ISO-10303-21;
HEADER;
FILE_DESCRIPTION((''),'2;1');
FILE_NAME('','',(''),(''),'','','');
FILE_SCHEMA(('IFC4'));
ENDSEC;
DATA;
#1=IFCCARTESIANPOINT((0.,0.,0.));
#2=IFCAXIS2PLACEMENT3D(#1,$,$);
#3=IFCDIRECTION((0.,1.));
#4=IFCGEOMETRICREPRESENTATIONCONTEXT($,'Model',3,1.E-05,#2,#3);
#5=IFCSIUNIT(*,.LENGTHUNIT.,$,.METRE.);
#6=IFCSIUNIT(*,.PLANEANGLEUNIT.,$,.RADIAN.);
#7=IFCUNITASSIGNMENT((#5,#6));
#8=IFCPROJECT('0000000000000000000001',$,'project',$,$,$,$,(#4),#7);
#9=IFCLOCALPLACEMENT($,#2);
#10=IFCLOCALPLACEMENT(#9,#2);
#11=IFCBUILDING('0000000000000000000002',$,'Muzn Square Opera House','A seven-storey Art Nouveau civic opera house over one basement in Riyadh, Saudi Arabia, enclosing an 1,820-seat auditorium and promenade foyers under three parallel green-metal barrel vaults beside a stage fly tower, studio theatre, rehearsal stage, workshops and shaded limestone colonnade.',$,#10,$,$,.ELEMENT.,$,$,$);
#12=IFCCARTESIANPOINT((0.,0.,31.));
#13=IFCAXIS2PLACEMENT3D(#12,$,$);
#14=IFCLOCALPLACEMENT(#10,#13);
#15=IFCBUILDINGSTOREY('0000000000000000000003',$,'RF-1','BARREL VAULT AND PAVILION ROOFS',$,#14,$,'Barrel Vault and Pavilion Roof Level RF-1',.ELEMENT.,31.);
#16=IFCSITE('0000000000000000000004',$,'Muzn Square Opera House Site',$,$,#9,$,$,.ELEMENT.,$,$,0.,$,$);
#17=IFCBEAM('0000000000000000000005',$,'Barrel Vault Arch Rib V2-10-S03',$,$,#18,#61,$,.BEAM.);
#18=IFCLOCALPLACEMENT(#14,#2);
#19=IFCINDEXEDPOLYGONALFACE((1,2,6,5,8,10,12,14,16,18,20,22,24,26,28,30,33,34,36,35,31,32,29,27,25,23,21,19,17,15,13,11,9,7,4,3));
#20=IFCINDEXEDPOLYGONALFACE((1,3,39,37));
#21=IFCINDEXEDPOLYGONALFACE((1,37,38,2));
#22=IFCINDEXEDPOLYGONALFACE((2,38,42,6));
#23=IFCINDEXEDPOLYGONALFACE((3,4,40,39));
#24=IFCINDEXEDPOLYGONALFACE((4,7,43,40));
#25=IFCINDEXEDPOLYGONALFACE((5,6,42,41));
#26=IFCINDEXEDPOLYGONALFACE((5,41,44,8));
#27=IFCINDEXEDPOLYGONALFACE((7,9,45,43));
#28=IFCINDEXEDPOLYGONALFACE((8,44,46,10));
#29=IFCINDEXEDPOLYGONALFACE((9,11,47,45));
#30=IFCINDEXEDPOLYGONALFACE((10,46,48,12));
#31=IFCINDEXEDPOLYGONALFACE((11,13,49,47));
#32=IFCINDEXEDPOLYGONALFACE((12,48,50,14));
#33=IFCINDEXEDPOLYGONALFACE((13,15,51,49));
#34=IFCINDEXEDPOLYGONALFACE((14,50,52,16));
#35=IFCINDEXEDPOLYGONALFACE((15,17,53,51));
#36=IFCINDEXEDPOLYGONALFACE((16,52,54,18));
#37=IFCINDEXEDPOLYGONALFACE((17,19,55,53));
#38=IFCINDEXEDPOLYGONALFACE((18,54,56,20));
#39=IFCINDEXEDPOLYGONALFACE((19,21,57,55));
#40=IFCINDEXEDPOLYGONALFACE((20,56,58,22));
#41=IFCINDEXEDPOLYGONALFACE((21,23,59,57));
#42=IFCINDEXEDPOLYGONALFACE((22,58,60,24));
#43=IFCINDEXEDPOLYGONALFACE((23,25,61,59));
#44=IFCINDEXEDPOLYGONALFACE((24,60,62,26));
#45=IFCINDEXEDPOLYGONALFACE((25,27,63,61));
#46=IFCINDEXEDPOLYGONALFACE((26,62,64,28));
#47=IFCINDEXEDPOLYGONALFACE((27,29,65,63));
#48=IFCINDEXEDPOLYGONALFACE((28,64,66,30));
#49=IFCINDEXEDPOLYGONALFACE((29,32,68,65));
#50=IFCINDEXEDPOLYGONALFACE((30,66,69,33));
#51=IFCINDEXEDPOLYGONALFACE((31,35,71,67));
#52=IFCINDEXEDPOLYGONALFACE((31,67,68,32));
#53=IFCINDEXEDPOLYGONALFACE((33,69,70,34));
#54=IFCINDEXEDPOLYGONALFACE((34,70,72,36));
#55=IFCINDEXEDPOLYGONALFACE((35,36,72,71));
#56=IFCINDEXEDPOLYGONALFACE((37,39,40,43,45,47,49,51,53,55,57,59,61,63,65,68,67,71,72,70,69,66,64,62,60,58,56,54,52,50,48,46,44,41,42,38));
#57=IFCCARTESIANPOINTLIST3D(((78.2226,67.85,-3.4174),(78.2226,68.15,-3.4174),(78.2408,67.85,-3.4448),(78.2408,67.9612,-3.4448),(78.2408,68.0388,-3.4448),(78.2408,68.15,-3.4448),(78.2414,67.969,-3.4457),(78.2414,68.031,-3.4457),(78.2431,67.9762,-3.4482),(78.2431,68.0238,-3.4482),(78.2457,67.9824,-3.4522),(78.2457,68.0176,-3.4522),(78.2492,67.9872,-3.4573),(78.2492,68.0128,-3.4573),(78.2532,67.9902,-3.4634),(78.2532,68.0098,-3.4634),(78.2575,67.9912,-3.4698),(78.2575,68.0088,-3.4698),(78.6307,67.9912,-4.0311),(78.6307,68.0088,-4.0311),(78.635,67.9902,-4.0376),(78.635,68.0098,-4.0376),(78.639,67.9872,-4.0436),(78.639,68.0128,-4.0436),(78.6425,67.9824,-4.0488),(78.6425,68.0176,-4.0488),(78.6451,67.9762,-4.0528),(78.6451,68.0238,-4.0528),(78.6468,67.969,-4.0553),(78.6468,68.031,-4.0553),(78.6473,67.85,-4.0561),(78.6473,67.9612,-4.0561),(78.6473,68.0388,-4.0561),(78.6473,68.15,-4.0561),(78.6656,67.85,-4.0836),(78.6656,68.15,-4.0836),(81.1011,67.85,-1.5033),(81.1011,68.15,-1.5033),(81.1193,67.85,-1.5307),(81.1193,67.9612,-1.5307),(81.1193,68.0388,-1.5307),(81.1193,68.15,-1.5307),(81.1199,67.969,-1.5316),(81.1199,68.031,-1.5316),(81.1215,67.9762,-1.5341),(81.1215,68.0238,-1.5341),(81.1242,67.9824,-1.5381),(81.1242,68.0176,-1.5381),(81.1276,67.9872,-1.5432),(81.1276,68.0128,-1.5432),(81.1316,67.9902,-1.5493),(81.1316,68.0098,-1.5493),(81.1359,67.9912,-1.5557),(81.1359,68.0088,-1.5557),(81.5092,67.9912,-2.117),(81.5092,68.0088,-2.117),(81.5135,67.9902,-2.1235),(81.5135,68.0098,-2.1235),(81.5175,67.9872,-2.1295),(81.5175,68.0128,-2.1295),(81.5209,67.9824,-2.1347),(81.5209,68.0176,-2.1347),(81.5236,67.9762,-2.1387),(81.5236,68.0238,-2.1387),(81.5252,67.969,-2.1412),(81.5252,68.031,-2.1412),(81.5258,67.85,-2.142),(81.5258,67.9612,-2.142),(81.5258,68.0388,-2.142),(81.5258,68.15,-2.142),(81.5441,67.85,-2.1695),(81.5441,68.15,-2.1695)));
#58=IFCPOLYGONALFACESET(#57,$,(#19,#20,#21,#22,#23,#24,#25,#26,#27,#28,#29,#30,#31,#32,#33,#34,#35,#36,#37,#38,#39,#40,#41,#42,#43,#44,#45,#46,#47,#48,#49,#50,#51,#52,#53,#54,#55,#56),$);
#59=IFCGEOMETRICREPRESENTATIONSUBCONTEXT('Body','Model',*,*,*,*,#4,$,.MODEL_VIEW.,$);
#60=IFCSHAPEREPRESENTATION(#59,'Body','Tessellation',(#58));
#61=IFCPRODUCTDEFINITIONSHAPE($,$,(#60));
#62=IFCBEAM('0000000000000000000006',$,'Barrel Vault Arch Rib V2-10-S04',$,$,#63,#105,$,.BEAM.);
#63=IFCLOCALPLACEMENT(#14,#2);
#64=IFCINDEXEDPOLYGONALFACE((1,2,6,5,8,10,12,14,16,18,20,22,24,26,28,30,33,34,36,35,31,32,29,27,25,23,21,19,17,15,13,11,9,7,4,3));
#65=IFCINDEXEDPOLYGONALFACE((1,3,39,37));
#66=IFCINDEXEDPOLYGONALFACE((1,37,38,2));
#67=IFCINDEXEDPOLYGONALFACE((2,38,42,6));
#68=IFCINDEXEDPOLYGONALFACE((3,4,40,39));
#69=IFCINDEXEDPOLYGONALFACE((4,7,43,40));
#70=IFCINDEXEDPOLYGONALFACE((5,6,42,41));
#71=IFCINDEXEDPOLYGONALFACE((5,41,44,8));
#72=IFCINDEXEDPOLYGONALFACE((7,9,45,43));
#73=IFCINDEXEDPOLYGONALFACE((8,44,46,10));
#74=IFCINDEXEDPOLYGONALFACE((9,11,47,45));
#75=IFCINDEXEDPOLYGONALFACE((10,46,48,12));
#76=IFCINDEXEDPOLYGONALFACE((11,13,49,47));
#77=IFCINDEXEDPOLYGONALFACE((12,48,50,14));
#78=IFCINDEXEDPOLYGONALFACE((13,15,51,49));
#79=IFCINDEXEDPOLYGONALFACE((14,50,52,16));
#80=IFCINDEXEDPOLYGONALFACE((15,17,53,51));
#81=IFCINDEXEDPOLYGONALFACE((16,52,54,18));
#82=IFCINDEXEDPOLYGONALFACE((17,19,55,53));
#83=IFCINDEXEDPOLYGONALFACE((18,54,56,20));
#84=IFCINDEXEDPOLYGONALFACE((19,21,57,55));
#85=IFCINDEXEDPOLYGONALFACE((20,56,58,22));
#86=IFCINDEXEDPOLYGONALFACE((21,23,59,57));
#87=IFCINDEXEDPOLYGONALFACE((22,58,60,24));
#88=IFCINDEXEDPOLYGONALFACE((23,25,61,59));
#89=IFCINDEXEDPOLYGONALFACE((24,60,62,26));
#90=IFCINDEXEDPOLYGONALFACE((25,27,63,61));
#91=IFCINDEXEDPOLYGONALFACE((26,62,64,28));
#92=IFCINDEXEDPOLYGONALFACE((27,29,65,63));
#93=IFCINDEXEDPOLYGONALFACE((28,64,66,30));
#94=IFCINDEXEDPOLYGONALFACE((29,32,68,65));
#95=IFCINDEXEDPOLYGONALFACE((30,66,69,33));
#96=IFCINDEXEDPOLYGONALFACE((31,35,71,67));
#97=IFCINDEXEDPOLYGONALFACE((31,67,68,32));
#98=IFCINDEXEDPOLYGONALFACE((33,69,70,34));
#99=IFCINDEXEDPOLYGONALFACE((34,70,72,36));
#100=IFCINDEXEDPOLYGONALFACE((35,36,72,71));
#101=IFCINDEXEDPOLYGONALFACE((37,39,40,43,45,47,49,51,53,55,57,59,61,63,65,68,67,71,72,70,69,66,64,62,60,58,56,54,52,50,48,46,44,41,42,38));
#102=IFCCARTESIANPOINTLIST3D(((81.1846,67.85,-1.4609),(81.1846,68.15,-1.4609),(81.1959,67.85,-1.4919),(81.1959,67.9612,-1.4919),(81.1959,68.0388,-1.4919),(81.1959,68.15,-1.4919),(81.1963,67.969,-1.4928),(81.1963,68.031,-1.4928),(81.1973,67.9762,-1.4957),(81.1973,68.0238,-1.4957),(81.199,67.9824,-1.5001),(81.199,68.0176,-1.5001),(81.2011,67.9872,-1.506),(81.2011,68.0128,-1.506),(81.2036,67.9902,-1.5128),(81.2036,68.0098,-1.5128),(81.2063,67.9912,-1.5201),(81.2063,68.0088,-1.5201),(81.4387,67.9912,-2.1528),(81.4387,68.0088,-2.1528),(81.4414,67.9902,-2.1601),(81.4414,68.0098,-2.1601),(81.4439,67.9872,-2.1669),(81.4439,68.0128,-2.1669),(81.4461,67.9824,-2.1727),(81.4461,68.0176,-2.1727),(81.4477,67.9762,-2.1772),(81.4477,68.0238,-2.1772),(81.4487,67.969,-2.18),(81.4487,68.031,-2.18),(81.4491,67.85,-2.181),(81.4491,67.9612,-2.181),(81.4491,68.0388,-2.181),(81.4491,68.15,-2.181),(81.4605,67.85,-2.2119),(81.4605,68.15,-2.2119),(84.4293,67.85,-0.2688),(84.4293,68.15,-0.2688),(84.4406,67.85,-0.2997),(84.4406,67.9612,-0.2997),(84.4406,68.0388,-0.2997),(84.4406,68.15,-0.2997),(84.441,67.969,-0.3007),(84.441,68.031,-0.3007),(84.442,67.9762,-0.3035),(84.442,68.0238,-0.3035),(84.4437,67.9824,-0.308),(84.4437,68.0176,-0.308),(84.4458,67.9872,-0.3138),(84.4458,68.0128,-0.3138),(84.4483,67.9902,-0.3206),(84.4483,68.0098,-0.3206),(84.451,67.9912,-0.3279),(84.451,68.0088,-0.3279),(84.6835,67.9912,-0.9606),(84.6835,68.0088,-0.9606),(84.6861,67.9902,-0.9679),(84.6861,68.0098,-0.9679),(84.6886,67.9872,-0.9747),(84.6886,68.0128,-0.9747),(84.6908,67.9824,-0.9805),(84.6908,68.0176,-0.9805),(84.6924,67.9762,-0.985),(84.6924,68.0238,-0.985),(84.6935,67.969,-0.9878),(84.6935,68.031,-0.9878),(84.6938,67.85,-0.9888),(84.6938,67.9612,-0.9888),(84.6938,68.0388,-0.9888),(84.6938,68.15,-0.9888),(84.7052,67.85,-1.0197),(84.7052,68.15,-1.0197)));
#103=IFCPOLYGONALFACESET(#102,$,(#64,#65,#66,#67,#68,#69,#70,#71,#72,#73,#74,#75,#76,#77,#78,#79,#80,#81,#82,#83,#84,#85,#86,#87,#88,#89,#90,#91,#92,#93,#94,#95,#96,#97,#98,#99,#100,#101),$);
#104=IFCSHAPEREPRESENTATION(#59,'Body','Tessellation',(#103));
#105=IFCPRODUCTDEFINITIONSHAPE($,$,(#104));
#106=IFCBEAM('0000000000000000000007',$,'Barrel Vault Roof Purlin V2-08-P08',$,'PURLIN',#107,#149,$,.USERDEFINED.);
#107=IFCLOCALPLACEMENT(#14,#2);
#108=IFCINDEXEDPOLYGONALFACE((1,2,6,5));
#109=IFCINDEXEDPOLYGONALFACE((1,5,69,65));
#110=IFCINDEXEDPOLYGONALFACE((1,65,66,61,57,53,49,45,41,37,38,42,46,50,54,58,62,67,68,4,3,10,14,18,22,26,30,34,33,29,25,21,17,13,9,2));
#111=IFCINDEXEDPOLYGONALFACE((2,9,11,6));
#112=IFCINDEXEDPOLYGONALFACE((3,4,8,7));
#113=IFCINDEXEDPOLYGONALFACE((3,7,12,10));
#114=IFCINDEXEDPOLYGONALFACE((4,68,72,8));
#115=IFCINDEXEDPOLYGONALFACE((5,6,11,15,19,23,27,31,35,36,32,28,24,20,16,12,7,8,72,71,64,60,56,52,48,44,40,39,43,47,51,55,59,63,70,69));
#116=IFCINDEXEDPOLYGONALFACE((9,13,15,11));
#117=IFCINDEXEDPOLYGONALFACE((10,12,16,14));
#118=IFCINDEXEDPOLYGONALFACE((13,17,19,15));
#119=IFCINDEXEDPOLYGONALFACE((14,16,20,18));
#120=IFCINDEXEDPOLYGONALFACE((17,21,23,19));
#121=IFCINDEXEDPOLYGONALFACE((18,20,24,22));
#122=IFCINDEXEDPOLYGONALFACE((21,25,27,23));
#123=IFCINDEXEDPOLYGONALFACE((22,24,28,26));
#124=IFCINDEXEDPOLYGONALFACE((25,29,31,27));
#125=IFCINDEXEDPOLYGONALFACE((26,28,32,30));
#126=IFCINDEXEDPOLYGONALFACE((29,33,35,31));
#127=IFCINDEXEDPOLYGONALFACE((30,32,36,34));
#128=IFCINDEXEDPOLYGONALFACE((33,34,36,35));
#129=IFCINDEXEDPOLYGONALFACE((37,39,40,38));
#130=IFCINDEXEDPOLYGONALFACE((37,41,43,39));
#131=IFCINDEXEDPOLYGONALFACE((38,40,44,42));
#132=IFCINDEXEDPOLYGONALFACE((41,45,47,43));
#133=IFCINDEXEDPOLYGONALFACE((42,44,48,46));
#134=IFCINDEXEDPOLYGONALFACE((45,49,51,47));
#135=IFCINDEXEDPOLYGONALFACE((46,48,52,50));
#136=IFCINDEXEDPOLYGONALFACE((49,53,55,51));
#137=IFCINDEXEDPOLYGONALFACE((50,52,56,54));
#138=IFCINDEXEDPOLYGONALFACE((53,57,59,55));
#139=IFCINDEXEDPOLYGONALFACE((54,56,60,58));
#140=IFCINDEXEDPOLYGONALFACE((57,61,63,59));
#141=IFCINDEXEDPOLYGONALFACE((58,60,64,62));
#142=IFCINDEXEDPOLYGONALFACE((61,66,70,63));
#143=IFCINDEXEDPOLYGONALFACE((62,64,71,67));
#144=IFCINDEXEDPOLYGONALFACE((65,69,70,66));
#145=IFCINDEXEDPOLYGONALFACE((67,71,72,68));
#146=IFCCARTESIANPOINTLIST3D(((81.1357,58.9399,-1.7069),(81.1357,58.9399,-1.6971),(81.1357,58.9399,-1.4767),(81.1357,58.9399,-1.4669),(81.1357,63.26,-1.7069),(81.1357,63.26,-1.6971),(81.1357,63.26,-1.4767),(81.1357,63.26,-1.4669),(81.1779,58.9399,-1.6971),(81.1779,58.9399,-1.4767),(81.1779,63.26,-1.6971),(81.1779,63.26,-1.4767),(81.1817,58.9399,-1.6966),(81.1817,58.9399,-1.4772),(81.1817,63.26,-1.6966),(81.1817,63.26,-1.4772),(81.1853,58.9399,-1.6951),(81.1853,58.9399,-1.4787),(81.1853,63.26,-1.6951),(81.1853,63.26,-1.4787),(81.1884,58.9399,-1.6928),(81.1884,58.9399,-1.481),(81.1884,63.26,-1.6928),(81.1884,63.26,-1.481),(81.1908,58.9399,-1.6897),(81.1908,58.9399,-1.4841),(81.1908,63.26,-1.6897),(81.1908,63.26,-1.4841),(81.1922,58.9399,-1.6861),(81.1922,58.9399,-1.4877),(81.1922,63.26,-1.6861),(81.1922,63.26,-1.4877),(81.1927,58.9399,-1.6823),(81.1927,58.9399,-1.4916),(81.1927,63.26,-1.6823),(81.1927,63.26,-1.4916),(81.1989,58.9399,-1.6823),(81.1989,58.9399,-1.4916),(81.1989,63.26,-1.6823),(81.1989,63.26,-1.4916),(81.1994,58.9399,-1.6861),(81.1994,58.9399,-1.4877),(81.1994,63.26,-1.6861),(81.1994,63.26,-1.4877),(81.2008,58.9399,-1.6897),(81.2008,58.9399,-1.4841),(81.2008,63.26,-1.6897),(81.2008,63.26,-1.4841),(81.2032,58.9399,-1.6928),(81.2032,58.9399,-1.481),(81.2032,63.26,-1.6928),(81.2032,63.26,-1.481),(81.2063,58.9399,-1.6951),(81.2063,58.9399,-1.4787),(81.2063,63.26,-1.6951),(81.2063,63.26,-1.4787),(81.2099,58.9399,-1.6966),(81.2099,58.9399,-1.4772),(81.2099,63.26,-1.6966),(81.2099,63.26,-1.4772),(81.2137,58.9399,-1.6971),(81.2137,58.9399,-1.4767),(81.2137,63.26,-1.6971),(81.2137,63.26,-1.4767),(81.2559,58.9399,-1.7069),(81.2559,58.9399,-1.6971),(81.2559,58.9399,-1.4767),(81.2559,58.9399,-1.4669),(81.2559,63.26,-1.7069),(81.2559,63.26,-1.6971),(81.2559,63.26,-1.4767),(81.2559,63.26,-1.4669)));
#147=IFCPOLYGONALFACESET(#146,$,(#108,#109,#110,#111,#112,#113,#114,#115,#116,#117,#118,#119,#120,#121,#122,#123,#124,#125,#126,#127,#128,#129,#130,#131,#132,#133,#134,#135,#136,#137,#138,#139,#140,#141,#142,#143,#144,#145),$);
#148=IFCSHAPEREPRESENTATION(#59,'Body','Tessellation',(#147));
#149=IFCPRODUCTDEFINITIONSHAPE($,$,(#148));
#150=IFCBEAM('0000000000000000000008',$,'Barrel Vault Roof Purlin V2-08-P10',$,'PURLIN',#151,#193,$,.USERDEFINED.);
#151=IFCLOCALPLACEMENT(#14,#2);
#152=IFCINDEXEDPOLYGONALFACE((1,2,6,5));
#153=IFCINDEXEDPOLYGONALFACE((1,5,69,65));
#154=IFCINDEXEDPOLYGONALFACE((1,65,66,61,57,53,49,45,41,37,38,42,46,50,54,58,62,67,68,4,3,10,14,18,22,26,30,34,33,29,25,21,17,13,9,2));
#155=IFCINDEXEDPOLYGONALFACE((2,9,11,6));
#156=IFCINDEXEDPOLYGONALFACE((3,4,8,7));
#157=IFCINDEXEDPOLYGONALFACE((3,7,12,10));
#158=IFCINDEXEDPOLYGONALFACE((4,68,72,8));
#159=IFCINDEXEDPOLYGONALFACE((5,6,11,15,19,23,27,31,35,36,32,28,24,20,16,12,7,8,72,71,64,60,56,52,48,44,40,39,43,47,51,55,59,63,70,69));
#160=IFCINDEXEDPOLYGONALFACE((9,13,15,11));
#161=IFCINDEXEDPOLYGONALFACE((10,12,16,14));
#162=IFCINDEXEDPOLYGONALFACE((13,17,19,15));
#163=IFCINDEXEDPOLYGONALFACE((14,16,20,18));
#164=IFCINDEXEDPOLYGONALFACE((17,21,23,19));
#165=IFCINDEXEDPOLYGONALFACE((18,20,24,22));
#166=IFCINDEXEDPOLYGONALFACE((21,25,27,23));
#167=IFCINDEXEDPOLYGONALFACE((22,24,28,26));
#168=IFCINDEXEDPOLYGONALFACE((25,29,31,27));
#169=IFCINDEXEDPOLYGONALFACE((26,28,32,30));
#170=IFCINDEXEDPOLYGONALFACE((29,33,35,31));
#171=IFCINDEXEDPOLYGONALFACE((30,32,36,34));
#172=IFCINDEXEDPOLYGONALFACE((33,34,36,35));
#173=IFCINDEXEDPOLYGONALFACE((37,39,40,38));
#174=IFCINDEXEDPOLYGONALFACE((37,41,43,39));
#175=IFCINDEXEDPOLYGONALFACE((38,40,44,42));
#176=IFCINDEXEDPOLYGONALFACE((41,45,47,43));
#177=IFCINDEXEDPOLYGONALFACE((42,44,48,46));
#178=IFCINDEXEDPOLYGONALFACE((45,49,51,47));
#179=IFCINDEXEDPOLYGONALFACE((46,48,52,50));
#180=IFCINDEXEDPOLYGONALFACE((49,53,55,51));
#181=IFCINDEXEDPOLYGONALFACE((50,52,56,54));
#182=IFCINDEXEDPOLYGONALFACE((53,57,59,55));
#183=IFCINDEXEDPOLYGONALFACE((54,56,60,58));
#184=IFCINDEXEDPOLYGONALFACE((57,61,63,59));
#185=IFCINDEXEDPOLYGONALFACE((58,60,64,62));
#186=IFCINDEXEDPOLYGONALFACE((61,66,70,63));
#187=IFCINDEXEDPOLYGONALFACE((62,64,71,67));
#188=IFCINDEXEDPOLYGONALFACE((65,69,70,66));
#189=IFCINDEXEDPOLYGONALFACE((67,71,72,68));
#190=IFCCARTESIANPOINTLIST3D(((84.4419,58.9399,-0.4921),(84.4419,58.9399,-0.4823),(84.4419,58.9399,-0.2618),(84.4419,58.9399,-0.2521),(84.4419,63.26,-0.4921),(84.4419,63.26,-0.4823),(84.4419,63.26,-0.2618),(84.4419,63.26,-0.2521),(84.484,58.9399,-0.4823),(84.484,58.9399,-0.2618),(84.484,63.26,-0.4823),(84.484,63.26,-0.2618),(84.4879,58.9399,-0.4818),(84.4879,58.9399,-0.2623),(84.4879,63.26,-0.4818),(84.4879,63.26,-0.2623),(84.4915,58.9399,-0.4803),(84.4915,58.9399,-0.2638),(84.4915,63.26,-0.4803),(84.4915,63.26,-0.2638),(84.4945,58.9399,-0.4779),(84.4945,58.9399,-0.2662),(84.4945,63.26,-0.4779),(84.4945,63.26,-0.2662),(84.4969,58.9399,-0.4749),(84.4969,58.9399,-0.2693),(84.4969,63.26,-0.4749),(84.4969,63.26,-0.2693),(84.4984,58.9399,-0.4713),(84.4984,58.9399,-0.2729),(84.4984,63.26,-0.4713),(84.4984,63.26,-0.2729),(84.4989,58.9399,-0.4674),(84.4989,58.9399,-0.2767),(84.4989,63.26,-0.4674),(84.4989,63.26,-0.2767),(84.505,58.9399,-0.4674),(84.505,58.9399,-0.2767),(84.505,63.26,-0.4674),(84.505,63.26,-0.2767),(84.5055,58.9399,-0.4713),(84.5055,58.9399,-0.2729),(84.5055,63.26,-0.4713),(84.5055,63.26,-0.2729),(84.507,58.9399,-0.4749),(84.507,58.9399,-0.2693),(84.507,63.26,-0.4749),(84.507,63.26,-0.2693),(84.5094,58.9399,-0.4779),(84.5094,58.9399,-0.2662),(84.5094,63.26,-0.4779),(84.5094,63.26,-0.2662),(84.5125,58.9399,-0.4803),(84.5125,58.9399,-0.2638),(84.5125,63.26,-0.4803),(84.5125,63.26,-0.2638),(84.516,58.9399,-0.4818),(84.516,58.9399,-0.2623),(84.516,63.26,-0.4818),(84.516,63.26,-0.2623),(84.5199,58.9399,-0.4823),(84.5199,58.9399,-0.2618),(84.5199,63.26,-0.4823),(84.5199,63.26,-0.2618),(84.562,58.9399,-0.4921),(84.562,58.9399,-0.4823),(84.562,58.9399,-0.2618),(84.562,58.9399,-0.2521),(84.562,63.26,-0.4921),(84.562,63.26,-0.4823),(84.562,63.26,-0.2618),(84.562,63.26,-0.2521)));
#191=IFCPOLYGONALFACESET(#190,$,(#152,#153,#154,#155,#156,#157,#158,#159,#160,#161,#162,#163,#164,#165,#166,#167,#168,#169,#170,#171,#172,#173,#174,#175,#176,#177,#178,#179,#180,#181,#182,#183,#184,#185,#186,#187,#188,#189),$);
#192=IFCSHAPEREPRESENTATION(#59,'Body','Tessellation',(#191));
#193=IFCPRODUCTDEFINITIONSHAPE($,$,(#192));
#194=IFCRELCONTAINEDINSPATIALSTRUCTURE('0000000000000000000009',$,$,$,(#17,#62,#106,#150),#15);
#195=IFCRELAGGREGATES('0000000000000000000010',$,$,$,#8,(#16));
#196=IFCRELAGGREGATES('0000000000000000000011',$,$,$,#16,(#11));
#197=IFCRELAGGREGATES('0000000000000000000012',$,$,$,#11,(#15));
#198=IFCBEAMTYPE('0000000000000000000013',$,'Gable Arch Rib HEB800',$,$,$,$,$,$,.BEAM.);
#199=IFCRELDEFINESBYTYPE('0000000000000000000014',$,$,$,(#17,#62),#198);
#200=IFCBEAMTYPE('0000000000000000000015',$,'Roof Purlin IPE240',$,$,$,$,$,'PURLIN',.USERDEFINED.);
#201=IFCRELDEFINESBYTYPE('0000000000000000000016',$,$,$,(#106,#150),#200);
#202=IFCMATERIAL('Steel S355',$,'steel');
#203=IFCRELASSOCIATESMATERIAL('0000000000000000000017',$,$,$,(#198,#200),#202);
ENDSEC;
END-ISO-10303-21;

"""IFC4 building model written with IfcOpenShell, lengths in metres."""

from ifc_helpers import new_model, si_unit, direction, frame, origin, origin_2d, place, context, subcontext, project, spatial, i_section, extrude, material, material_profile, profile_set, type_object, element, save


model = new_model("IFC4")

# Units and contexts
model_context = context("Model", 3, precision=1e-05, world=origin(), true_north=direction((0.0, 1.0)))
body_context = subcontext(model_context, "Body", "Model", "MODEL_VIEW")
ifc_project = project(units=[si_unit("LENGTHUNIT", "METRE"), si_unit("PLANEANGLEUNIT", "RADIAN")], contexts=[model_context])

# Site, building, storey
site_placement = place(None, origin())
site = spatial("IfcSite", under=ifc_project, at=site_placement, Name="Muzn Square Opera House Site", CompositionType="ELEMENT", RefElevation=0.0)
building_placement = place(site_placement, origin())
building = spatial("IfcBuilding", under=site, at=building_placement, Name="Muzn Square Opera House", Description="A seven-storey Art Nouveau civic opera house over one basement in Riyadh, Saudi Arabia, enclosing an 1,820-seat auditorium and promenade foyers under three parallel green-metal barrel vaults beside a stage fly tower, studio theatre, rehearsal stage, workshops and shaded limestone colonnade.", CompositionType="ELEMENT")
storey_placement = place(building_placement, frame((0.0, 0.0, 31.0)))
storey = spatial("IfcBuildingStorey", under=building, at=storey_placement, Name="RF-1", Description="BARREL VAULT AND PAVILION ROOFS", LongName="Barrel Vault and Pavilion Roof Level RF-1", CompositionType="ELEMENT", Elevation=31.0)

# Beams
ifc_material_1 = material(Name="Steel S355", Category="steel")
ifc_material_profile_1 = material_profile(ifc_material_1, i_section(OverallWidth=0.3, OverallDepth=0.8, WebThickness=0.0176, FlangeThickness=0.033, FilletRadius=0.03, at=origin_2d()), Name="HEB 800", Category="steel")
ifc_profile_set_1 = profile_set([ifc_material_profile_1], Name="Steel S355")
beam_type_1 = type_object("IfcBeamType", Name="Gable Arch Rib HEB800", PredefinedType="BEAM", material=ifc_profile_set_1)
for number, where, z_axis, x_axis, name in (
    (1, (78.4441, 68.0, -3.7505), (0.832702, 0.0, 0.553722), (0.0, 1.0, 0.0), "Barrel Vault Arch Rib V2-10-S03"),
    (2, (81.3225, 68.0, -1.8364), (0.938648, 0.0, 0.344877), (0.0, 1.0, 0.0), "Barrel Vault Arch Rib V2-10-S04"),
):
    element("IfcBeam", number, at=place(storey_placement, frame(where, z_axis=z_axis, x_axis=x_axis)), inside=storey, type_object=beam_type_1, Name=name, PredefinedType="BEAM", context=body_context, shape_type="SweptSolid", body=[
        extrude(i_section(OverallWidth=0.3, OverallDepth=0.8, WebThickness=0.0176, FlangeThickness=0.033, FilletRadius=0.03, at=origin_2d()), origin(), (0.0, 0.0, 1.0), 3.4568),
    ])
ifc_material_profile_2 = material_profile(ifc_material_1, i_section(OverallWidth=0.1201, OverallDepth=0.24, WebThickness=0.0061, FlangeThickness=0.0098, FilletRadius=0.0149, at=origin_2d()), Name="IPE 240", Category="steel")
ifc_profile_set_2 = profile_set([ifc_material_profile_2], Name="Steel S355")
beam_type_2 = type_object("IfcBeamType", Name="Roof Purlin IPE240", ElementType="PURLIN", PredefinedType="USERDEFINED", material=ifc_profile_set_2)
for number, where, z_axis, x_axis, name in (
    (3, (81.1958, 58.9399, -1.5869), (0.0, 1.0, 0.0), (-1.0, 0.0, 0.0), "Barrel Vault Roof Purlin V2-08-P08"),
    (4, (84.502, 58.9399, -0.3721), (0.0, 1.0, 0.0), (-1.0, 0.0, 0.0), "Barrel Vault Roof Purlin V2-08-P10"),
):
    element("IfcBeam", number, at=place(storey_placement, frame(where, z_axis=z_axis, x_axis=x_axis)), inside=storey, type_object=beam_type_2, Name=name, ObjectType="PURLIN", PredefinedType="USERDEFINED", context=body_context, shape_type="SweptSolid", body=[
        extrude(i_section(OverallWidth=0.1201, OverallDepth=0.24, WebThickness=0.0061, FlangeThickness=0.0098, FilletRadius=0.0149, at=origin_2d()), origin(), (0.0, 0.0, 1.0), 4.3201),
    ])

save(model, "model.ifc")
